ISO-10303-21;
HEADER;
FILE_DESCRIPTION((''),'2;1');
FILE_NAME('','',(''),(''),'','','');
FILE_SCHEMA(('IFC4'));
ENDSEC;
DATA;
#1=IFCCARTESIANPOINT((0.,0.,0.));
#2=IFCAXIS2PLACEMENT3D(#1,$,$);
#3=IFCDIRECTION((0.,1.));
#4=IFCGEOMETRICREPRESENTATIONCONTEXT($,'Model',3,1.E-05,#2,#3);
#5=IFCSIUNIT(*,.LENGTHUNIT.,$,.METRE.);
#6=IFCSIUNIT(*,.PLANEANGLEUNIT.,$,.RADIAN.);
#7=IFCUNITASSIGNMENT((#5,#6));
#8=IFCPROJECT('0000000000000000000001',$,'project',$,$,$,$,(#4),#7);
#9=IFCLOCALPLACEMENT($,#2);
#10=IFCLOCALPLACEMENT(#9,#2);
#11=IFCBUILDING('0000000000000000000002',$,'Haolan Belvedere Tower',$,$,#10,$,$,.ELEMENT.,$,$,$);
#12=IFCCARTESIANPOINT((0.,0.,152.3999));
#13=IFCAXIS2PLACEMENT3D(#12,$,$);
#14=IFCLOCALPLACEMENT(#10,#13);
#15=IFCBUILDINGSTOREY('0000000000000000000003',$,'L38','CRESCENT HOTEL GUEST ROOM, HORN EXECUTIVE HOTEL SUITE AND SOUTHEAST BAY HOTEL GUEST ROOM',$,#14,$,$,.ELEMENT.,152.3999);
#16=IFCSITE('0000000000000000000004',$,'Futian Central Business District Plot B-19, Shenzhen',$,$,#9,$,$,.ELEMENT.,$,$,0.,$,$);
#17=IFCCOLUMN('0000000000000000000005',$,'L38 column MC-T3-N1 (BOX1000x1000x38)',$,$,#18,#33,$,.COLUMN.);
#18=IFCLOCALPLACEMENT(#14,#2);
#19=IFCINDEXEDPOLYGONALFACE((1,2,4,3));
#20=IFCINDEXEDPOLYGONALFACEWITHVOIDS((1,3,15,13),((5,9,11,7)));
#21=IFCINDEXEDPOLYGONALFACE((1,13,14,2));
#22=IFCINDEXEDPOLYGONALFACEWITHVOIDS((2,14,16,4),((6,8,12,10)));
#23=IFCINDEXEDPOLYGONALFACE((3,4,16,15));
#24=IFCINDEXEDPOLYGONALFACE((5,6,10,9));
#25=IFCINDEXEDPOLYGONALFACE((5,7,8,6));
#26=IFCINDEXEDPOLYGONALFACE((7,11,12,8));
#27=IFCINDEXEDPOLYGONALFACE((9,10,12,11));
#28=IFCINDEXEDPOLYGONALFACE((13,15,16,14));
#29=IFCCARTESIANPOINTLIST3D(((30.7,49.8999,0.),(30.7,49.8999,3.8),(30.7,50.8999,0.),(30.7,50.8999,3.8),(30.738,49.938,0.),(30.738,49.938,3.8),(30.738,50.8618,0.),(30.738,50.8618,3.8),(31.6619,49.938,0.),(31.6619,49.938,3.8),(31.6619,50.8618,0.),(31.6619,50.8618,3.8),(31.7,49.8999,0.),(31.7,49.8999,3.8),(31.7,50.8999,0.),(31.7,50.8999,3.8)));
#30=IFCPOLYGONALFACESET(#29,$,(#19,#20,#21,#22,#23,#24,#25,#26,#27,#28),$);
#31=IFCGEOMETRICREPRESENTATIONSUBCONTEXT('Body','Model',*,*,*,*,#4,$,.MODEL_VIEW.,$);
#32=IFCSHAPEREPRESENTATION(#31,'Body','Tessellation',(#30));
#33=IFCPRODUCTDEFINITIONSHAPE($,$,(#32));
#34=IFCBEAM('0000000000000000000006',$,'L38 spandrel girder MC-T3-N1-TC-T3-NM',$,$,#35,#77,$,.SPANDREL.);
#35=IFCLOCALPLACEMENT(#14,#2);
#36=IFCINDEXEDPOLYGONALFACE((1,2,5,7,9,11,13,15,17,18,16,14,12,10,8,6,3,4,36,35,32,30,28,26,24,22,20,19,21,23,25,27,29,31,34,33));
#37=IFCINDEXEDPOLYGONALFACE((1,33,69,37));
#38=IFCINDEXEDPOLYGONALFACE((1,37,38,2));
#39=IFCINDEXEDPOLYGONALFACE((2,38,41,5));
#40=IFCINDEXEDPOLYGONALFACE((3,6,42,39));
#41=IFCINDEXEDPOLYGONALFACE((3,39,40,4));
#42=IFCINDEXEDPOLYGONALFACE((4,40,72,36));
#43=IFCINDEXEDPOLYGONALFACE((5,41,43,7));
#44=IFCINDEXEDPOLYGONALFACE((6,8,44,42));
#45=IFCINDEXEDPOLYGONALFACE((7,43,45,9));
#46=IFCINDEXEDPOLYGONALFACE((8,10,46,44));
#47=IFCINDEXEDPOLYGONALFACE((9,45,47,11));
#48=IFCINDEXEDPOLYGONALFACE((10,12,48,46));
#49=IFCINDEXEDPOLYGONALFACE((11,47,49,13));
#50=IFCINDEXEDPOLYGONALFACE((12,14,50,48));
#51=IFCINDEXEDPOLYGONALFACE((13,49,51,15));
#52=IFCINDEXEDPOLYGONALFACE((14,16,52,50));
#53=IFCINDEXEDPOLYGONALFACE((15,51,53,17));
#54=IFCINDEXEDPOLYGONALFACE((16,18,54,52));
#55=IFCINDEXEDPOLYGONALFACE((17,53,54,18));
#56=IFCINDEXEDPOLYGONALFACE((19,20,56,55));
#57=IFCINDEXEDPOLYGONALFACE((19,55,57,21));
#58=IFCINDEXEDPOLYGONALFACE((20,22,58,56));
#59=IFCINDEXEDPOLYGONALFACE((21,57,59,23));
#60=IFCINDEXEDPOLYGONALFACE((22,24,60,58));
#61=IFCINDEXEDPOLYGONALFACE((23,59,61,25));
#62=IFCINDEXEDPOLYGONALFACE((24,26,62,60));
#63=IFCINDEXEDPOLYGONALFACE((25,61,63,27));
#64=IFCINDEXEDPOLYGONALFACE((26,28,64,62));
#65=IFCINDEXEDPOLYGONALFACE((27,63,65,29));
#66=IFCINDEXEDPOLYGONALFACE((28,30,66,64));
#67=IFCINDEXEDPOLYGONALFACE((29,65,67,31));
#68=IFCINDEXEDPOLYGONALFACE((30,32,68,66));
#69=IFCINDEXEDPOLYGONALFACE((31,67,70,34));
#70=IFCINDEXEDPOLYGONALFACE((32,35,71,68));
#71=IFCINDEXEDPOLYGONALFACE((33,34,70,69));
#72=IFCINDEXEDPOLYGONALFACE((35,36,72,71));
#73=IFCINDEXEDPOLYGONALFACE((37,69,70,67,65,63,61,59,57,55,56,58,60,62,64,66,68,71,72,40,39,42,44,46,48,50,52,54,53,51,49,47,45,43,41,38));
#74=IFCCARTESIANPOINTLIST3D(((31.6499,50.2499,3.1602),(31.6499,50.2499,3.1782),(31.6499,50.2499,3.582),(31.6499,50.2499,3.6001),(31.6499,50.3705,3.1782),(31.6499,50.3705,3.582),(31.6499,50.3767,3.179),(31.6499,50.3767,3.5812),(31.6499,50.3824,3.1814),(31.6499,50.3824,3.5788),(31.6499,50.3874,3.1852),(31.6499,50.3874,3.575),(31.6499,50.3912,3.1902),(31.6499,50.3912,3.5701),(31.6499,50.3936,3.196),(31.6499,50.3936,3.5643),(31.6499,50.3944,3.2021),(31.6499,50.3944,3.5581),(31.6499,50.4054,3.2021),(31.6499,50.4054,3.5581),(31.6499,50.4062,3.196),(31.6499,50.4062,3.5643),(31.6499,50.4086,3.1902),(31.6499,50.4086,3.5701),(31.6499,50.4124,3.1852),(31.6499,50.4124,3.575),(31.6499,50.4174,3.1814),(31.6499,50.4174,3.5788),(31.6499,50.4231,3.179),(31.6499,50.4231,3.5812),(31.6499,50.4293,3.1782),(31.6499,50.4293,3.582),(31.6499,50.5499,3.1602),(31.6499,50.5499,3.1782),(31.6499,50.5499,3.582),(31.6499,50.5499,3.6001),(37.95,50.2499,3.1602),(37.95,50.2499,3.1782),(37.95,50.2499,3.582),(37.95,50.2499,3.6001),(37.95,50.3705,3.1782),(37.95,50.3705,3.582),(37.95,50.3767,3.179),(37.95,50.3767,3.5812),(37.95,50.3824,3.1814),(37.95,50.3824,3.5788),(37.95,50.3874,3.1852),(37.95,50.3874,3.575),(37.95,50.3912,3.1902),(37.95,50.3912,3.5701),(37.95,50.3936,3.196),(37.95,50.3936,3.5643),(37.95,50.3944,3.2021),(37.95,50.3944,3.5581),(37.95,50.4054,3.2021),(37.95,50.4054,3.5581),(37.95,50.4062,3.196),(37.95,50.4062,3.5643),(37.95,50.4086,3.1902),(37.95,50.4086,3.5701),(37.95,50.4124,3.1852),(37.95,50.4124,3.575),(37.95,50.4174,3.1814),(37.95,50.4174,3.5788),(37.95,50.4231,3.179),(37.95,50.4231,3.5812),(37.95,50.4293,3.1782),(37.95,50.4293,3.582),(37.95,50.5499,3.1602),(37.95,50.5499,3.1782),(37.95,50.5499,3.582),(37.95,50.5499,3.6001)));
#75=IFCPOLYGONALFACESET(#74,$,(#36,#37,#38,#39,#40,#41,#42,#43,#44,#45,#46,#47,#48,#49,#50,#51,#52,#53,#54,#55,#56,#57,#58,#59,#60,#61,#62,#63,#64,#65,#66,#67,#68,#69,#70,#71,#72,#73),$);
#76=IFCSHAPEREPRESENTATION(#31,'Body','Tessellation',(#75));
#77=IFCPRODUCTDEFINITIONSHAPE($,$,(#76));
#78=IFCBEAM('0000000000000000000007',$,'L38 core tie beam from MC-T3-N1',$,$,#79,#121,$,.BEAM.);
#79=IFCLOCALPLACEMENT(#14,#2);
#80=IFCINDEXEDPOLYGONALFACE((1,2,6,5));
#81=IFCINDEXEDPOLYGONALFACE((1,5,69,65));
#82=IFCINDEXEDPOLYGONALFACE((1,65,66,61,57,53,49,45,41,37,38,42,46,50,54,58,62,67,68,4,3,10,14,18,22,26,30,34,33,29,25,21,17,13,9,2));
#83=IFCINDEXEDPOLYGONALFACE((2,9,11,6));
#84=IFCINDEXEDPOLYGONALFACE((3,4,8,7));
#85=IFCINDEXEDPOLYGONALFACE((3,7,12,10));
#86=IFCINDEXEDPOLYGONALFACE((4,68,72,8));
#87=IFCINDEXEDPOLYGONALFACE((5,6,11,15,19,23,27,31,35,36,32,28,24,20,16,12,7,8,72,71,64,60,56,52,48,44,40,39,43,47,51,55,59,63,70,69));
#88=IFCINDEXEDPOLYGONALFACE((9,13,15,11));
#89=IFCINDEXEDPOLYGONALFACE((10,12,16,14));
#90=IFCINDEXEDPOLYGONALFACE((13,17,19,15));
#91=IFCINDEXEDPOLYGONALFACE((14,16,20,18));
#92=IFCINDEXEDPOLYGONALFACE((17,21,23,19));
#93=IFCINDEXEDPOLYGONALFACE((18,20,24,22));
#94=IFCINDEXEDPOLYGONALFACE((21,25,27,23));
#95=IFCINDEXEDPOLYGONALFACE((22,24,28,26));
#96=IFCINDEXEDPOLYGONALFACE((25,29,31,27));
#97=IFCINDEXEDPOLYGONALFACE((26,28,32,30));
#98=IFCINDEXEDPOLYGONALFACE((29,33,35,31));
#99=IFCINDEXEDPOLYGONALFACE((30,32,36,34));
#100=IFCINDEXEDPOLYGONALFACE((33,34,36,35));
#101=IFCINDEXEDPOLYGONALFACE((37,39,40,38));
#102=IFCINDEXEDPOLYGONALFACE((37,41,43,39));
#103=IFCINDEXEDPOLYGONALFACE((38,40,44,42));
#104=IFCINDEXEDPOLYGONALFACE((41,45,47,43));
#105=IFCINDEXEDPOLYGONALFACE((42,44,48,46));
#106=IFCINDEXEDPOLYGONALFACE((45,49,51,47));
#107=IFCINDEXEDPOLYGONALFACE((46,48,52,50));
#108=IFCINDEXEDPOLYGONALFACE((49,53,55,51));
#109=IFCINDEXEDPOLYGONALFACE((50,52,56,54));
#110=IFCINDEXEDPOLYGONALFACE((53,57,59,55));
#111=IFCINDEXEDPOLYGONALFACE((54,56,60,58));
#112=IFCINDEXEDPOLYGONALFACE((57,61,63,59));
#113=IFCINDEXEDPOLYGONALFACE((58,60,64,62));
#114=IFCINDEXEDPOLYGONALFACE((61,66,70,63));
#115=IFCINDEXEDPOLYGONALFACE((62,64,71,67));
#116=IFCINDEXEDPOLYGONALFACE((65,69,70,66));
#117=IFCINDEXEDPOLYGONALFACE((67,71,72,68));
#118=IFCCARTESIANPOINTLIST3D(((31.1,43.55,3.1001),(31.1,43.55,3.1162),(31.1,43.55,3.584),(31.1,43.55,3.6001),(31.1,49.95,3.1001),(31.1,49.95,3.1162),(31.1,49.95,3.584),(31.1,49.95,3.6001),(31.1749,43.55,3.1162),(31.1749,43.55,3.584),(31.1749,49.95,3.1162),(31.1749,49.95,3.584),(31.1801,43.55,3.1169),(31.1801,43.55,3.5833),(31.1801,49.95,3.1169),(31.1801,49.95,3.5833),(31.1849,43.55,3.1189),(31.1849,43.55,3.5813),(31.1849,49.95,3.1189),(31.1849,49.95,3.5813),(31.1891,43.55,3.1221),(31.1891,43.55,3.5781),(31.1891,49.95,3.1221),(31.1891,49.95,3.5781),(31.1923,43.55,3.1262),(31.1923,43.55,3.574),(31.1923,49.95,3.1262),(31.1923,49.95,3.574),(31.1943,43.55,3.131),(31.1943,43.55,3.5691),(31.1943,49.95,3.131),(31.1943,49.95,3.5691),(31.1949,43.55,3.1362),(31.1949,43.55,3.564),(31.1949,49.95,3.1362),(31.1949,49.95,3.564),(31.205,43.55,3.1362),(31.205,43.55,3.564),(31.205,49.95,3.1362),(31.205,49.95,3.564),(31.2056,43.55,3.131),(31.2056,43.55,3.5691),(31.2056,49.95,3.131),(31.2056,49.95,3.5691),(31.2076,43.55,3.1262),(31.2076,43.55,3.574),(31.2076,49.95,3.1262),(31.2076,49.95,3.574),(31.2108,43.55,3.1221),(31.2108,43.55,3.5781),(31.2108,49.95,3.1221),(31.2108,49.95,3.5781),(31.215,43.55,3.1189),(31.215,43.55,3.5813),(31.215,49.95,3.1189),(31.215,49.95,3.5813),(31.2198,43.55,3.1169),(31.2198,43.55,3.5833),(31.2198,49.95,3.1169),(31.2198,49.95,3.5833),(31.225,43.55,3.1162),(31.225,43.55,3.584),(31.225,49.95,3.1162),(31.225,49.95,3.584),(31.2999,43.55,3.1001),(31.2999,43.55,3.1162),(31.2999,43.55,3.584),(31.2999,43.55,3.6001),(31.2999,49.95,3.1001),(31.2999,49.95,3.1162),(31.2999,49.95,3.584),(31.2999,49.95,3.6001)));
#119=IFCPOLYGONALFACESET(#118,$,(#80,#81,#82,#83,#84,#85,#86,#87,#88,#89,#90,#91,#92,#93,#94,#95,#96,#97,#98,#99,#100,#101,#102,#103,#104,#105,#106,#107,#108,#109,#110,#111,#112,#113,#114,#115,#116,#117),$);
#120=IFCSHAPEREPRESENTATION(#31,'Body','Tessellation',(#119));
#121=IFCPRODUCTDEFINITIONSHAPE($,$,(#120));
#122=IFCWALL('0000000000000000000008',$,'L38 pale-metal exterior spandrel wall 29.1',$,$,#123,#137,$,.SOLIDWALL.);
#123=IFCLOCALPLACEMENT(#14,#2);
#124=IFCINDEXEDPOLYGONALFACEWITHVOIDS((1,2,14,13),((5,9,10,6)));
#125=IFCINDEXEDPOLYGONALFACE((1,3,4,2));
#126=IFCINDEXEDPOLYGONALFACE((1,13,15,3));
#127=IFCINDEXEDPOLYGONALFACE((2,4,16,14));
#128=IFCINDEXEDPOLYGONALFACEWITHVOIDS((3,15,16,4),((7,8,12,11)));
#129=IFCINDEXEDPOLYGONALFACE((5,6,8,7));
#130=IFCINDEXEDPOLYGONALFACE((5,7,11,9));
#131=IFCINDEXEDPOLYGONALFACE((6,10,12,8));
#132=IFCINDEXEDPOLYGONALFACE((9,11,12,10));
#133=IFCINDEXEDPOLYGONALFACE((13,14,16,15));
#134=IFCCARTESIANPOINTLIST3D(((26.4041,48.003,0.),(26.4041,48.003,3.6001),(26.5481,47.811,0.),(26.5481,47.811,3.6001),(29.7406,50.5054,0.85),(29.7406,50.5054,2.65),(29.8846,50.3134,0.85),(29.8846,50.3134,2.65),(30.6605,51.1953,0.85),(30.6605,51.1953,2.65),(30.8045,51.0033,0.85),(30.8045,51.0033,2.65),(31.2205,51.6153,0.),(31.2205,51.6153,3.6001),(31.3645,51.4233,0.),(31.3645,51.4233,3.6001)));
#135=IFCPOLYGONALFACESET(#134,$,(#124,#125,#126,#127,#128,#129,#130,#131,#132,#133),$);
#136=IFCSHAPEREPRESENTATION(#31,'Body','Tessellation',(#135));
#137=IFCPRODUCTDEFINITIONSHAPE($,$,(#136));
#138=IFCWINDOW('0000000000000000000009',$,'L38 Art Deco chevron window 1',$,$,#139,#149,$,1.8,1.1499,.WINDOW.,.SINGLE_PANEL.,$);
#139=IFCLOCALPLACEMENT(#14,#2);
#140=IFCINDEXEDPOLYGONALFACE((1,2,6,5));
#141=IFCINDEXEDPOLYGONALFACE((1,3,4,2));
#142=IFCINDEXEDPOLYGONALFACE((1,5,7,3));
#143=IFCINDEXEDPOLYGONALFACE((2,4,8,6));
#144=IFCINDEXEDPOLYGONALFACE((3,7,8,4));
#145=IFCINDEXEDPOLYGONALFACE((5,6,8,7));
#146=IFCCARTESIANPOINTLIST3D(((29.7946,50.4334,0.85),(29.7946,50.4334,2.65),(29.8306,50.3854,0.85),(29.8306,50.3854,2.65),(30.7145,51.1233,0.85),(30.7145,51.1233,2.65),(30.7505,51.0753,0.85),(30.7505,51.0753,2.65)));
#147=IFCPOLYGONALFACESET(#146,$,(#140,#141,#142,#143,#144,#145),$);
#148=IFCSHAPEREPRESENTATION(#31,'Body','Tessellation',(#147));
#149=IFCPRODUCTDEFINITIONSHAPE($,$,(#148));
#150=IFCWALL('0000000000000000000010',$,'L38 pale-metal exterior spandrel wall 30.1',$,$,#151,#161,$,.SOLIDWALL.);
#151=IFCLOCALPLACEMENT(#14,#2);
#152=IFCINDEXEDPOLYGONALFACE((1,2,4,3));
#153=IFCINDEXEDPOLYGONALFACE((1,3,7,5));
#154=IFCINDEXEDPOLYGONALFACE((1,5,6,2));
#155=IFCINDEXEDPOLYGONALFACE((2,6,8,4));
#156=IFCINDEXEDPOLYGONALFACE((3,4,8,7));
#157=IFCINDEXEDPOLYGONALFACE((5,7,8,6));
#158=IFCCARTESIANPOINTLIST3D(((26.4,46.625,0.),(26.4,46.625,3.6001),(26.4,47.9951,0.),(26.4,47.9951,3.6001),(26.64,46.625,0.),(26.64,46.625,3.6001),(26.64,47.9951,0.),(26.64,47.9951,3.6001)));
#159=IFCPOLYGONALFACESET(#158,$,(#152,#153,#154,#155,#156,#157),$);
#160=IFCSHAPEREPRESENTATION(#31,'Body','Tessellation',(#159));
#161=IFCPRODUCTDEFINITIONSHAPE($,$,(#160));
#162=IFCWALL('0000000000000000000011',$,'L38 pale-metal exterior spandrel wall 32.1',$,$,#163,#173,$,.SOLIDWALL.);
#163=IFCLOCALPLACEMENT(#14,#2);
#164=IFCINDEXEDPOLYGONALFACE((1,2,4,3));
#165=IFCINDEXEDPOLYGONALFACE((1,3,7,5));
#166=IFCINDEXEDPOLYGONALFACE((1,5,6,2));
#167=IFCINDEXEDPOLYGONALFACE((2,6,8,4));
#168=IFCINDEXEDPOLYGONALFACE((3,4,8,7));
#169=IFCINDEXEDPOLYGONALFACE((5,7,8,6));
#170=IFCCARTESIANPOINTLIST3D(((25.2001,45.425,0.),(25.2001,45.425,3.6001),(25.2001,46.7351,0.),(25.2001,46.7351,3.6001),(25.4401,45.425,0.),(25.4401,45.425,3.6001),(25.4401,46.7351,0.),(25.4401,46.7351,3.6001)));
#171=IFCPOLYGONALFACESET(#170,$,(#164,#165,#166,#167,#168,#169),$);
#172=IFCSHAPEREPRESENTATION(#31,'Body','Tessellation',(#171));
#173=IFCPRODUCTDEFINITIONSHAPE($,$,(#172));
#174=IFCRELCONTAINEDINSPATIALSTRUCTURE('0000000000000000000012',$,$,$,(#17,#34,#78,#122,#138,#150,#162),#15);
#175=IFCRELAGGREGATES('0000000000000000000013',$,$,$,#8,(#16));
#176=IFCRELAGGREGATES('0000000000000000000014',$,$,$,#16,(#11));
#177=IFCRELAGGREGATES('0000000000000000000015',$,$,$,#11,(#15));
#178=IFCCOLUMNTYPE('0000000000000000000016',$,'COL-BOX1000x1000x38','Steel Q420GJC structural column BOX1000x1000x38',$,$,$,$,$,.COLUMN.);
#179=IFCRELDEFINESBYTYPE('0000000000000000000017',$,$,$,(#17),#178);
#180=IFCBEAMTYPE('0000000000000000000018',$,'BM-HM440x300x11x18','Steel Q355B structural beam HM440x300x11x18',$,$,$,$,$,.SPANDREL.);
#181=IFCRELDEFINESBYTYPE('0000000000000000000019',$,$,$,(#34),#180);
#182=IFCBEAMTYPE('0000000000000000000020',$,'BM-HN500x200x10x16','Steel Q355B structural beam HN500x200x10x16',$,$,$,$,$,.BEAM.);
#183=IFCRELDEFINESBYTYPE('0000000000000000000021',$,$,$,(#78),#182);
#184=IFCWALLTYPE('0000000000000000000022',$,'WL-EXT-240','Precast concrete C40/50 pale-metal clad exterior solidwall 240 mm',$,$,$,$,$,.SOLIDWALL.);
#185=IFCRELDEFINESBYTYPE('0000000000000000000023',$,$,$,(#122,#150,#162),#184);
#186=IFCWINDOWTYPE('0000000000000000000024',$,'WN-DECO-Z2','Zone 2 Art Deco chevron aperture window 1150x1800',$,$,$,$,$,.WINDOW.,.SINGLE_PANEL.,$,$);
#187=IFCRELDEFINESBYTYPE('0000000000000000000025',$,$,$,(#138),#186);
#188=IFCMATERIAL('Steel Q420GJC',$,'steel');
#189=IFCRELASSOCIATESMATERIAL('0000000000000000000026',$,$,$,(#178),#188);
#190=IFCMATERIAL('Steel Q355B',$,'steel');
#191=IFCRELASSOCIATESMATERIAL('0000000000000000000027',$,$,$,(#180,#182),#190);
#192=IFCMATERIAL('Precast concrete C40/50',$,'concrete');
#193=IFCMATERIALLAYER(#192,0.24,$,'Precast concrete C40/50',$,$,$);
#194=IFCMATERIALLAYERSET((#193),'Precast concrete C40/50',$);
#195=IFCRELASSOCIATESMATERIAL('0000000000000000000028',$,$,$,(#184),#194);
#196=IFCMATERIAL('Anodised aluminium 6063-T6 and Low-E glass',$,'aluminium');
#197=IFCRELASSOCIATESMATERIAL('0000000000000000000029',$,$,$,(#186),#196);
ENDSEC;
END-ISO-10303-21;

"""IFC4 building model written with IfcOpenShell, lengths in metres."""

from ifc_helpers import new_model, si_unit, direction, frame, frame_2d, origin, origin_2d, place, context, subcontext, project, spatial, rectangle, hollow_rectangle, i_section, extrude, material, layer, layer_set, material_profile, profile_set, type_object, element, fill, save


model = new_model("IFC4")

# Units and contexts
model_context = context("Model", 3, precision=1e-05, world=origin(), true_north=direction((0.0, 1.0)))
body_context = subcontext(model_context, "Body", "Model", "MODEL_VIEW")
ifc_project = project(units=[si_unit("LENGTHUNIT", "METRE"), si_unit("PLANEANGLEUNIT", "RADIAN")], contexts=[model_context])

# Site, building, storey
site_placement = place(None, origin())
site = spatial("IfcSite", under=ifc_project, at=site_placement, Name="Futian Central Business District Plot B-19, Shenzhen", CompositionType="ELEMENT", RefElevation=0.0)
building_placement = place(site_placement, origin())
building = spatial("IfcBuilding", under=site, at=building_placement, Name="Haolan Belvedere Tower", CompositionType="ELEMENT")
storey_placement = place(building_placement, frame((0.0, 0.0, 152.3999)))
storey = spatial("IfcBuildingStorey", under=building, at=storey_placement, Name="L38", Description="CRESCENT HOTEL GUEST ROOM, HORN EXECUTIVE HOTEL SUITE AND SOUTHEAST BAY HOTEL GUEST ROOM", CompositionType="ELEMENT", Elevation=152.3999)

# Column
ifc_material_1 = material(Name="Steel Q420GJC", Category="steel")
ifc_material_profile_1 = material_profile(ifc_material_1, hollow_rectangle(XDim=1.0, YDim=1.0, WallThickness=0.0381, at=origin_2d()), Name="Steel Q420GJC")
ifc_profile_set_1 = profile_set([ifc_material_profile_1], Name="Steel Q420GJC")
column_type = type_object("IfcColumnType", Name="COL-BOX1000x1000x38", Description="Steel Q420GJC structural column BOX1000x1000x38", PredefinedType="COLUMN", material=ifc_profile_set_1)
column_placement = place(storey_placement, frame((31.2, 50.3999, 0.0), z_axis=(0.0, 0.0, 1.0), x_axis=(1.0, 0.0, 0.0)))
element("IfcColumn", 1, at=column_placement, inside=storey, type_object=column_type, Name="L38 column MC-T3-N1 (BOX1000x1000x38)", PredefinedType="COLUMN", context=body_context, shape_type="SweptSolid", body=[
    extrude(hollow_rectangle(XDim=1.0, YDim=1.0, WallThickness=0.0381, at=origin_2d()), origin(), (0.0, 0.0, 1.0), 3.8),
])

# Beams
ifc_material_2 = material(Name="Steel Q355B", Category="steel")
ifc_material_profile_2 = material_profile(ifc_material_2, i_section(OverallWidth=0.3, OverallDepth=0.4399, WebThickness=0.011, FlangeThickness=0.0181, FilletRadius=0.0239, at=origin_2d()), Name="Steel Q355B")
ifc_profile_set_2 = profile_set([ifc_material_profile_2], Name="Steel Q355B")
beam_type_1 = type_object("IfcBeamType", Name="BM-HM440x300x11x18", Description="Steel Q355B structural beam HM440x300x11x18", PredefinedType="SPANDREL", material=ifc_profile_set_2)
beam_1_placement = place(storey_placement, frame((31.6499, 50.3999, 3.3801), z_axis=(1.0, 0.0, 0.0), x_axis=(0.0, 1.0, 0.0)))
element("IfcBeam", 2, at=beam_1_placement, inside=storey, type_object=beam_type_1, Name="L38 spandrel girder MC-T3-N1-TC-T3-NM", PredefinedType="SPANDREL", context=body_context, shape_type="SweptSolid", body=[
    extrude(i_section(OverallWidth=0.3, OverallDepth=0.4399, WebThickness=0.011, FlangeThickness=0.0181, FilletRadius=0.0239, at=origin_2d()), origin(), (0.0, 0.0, 1.0), 6.3),
])
ifc_material_profile_3 = material_profile(ifc_material_2, i_section(OverallWidth=0.2, OverallDepth=0.5, WebThickness=0.01, FlangeThickness=0.0161, FilletRadius=0.02, at=origin_2d()), Name="Steel Q355B")
ifc_profile_set_3 = profile_set([ifc_material_profile_3], Name="Steel Q355B")
beam_type_2 = type_object("IfcBeamType", Name="BM-HN500x200x10x16", Description="Steel Q355B structural beam HN500x200x10x16", PredefinedType="BEAM", material=ifc_profile_set_3)
beam_2_placement = place(storey_placement, frame((31.2, 49.95, 3.3501), z_axis=(0.0, -1.0, 0.0), x_axis=(1.0, 0.0, 0.0)))
element("IfcBeam", 3, at=beam_2_placement, inside=storey, type_object=beam_type_2, Name="L38 core tie beam from MC-T3-N1", PredefinedType="BEAM", context=body_context, shape_type="SweptSolid", body=[
    extrude(i_section(OverallWidth=0.2, OverallDepth=0.5, WebThickness=0.01, FlangeThickness=0.0161, FilletRadius=0.02, at=origin_2d()), origin(), (0.0, 0.0, 1.0), 6.3999),
])

# Wall, opening, window
ifc_material_3 = material(Name="Precast concrete C40/50", Category="concrete")
ifc_layer_1 = layer(ifc_material_3, 0.24, Name="Precast concrete C40/50")
ifc_layer_set_1 = layer_set([ifc_layer_1], Name="Precast concrete C40/50")
wall_type_1 = type_object("IfcWallType", Name="WL-EXT-240", Description="Precast concrete C40/50 pale-metal clad exterior solidwall 240 mm", PredefinedType="SOLIDWALL", material=ifc_layer_set_1)
wall_1_placement = place(storey_placement, frame((31.2925, 51.5193, 0.0), z_axis=(0.0, 0.0, 1.0), x_axis=(-0.8, -0.6, 0.0)))
wall_1 = element("IfcWall", 4, at=wall_1_placement, inside=storey, type_object=wall_type_1, Name="L38 pale-metal exterior spandrel wall 29.1", PredefinedType="SOLIDWALL", context=body_context, shape_type="SweptSolid", body=[
    extrude(rectangle(XDim=6.0205, YDim=0.24, at=frame_2d((3.0103, 0.0))), origin(), (0.0, 0.0, 1.0), 3.6001),
])
opening_1_placement = place(wall_1_placement, frame((0.7, 0.0, 0.8501)))
opening_1 = element("IfcOpeningElement", 5, at=opening_1_placement, cuts=wall_1, PredefinedType="OPENING", context=body_context, shape_type="SweptSolid", body=[
    extrude(rectangle(XDim=1.1499, YDim=1.8, at=frame_2d((0.575, 0.8999))), frame((0.0, 0.1299, 0.0), z_axis=(0.0, -1.0, 0.0), x_axis=(1.0, 0.0, 0.0)), (0.0, 0.0, 1.0), 0.26),
])
ifc_material_4 = material(Name="Anodised aluminium 6063-T6 and Low-E glass", Category="aluminium")
window_type = type_object("IfcWindowType", Name="WN-DECO-Z2", Description="Zone 2 Art Deco chevron aperture window 1150x1800", PartitioningType="SINGLE_PANEL", PredefinedType="WINDOW", material=ifc_material_4)
window_placement = place(opening_1_placement, origin())
window = element("IfcWindow", 6, at=window_placement, inside=storey, type_object=window_type, Name="L38 Art Deco chevron window 1", OverallHeight=1.8, OverallWidth=1.1499, PartitioningType="SINGLE_PANEL", PredefinedType="WINDOW", context=body_context, shape_type="SweptSolid", body=[
    extrude(rectangle(XDim=1.1499, YDim=1.8, at=frame_2d((0.575, 0.8999))), frame((0.0, 0.03, 0.0), z_axis=(0.0, -1.0, 0.0), x_axis=(1.0, 0.0, 0.0)), (0.0, 0.0, 1.0), 0.0601),
])
fill(opening_1, window)

# Walls
wall_2_placement = place(storey_placement, frame((26.52, 47.9951, 0.0), z_axis=(0.0, 0.0, 1.0), x_axis=(0.0, -1.0, 0.0)))
element("IfcWall", 7, at=wall_2_placement, inside=storey, type_object=wall_type_1, Name="L38 pale-metal exterior spandrel wall 30.1", PredefinedType="SOLIDWALL", context=body_context, shape_type="SweptSolid", body=[
    extrude(rectangle(XDim=1.3701, YDim=0.24, at=frame_2d((0.6851, 0.0))), origin(), (0.0, 0.0, 1.0), 3.6001),
])
wall_3_placement = place(storey_placement, frame((25.3201, 46.7351, 0.0), z_axis=(0.0, 0.0, 1.0), x_axis=(0.0, -1.0, 0.0)))
element("IfcWall", 8, at=wall_3_placement, inside=storey, type_object=wall_type_1, Name="L38 pale-metal exterior spandrel wall 32.1", PredefinedType="SOLIDWALL", context=body_context, shape_type="SweptSolid", body=[
    extrude(rectangle(XDim=1.3101, YDim=0.24, at=frame_2d((0.655, 0.0))), origin(), (0.0, 0.0, 1.0), 3.6001),
])

save(model, "model.ifc")
